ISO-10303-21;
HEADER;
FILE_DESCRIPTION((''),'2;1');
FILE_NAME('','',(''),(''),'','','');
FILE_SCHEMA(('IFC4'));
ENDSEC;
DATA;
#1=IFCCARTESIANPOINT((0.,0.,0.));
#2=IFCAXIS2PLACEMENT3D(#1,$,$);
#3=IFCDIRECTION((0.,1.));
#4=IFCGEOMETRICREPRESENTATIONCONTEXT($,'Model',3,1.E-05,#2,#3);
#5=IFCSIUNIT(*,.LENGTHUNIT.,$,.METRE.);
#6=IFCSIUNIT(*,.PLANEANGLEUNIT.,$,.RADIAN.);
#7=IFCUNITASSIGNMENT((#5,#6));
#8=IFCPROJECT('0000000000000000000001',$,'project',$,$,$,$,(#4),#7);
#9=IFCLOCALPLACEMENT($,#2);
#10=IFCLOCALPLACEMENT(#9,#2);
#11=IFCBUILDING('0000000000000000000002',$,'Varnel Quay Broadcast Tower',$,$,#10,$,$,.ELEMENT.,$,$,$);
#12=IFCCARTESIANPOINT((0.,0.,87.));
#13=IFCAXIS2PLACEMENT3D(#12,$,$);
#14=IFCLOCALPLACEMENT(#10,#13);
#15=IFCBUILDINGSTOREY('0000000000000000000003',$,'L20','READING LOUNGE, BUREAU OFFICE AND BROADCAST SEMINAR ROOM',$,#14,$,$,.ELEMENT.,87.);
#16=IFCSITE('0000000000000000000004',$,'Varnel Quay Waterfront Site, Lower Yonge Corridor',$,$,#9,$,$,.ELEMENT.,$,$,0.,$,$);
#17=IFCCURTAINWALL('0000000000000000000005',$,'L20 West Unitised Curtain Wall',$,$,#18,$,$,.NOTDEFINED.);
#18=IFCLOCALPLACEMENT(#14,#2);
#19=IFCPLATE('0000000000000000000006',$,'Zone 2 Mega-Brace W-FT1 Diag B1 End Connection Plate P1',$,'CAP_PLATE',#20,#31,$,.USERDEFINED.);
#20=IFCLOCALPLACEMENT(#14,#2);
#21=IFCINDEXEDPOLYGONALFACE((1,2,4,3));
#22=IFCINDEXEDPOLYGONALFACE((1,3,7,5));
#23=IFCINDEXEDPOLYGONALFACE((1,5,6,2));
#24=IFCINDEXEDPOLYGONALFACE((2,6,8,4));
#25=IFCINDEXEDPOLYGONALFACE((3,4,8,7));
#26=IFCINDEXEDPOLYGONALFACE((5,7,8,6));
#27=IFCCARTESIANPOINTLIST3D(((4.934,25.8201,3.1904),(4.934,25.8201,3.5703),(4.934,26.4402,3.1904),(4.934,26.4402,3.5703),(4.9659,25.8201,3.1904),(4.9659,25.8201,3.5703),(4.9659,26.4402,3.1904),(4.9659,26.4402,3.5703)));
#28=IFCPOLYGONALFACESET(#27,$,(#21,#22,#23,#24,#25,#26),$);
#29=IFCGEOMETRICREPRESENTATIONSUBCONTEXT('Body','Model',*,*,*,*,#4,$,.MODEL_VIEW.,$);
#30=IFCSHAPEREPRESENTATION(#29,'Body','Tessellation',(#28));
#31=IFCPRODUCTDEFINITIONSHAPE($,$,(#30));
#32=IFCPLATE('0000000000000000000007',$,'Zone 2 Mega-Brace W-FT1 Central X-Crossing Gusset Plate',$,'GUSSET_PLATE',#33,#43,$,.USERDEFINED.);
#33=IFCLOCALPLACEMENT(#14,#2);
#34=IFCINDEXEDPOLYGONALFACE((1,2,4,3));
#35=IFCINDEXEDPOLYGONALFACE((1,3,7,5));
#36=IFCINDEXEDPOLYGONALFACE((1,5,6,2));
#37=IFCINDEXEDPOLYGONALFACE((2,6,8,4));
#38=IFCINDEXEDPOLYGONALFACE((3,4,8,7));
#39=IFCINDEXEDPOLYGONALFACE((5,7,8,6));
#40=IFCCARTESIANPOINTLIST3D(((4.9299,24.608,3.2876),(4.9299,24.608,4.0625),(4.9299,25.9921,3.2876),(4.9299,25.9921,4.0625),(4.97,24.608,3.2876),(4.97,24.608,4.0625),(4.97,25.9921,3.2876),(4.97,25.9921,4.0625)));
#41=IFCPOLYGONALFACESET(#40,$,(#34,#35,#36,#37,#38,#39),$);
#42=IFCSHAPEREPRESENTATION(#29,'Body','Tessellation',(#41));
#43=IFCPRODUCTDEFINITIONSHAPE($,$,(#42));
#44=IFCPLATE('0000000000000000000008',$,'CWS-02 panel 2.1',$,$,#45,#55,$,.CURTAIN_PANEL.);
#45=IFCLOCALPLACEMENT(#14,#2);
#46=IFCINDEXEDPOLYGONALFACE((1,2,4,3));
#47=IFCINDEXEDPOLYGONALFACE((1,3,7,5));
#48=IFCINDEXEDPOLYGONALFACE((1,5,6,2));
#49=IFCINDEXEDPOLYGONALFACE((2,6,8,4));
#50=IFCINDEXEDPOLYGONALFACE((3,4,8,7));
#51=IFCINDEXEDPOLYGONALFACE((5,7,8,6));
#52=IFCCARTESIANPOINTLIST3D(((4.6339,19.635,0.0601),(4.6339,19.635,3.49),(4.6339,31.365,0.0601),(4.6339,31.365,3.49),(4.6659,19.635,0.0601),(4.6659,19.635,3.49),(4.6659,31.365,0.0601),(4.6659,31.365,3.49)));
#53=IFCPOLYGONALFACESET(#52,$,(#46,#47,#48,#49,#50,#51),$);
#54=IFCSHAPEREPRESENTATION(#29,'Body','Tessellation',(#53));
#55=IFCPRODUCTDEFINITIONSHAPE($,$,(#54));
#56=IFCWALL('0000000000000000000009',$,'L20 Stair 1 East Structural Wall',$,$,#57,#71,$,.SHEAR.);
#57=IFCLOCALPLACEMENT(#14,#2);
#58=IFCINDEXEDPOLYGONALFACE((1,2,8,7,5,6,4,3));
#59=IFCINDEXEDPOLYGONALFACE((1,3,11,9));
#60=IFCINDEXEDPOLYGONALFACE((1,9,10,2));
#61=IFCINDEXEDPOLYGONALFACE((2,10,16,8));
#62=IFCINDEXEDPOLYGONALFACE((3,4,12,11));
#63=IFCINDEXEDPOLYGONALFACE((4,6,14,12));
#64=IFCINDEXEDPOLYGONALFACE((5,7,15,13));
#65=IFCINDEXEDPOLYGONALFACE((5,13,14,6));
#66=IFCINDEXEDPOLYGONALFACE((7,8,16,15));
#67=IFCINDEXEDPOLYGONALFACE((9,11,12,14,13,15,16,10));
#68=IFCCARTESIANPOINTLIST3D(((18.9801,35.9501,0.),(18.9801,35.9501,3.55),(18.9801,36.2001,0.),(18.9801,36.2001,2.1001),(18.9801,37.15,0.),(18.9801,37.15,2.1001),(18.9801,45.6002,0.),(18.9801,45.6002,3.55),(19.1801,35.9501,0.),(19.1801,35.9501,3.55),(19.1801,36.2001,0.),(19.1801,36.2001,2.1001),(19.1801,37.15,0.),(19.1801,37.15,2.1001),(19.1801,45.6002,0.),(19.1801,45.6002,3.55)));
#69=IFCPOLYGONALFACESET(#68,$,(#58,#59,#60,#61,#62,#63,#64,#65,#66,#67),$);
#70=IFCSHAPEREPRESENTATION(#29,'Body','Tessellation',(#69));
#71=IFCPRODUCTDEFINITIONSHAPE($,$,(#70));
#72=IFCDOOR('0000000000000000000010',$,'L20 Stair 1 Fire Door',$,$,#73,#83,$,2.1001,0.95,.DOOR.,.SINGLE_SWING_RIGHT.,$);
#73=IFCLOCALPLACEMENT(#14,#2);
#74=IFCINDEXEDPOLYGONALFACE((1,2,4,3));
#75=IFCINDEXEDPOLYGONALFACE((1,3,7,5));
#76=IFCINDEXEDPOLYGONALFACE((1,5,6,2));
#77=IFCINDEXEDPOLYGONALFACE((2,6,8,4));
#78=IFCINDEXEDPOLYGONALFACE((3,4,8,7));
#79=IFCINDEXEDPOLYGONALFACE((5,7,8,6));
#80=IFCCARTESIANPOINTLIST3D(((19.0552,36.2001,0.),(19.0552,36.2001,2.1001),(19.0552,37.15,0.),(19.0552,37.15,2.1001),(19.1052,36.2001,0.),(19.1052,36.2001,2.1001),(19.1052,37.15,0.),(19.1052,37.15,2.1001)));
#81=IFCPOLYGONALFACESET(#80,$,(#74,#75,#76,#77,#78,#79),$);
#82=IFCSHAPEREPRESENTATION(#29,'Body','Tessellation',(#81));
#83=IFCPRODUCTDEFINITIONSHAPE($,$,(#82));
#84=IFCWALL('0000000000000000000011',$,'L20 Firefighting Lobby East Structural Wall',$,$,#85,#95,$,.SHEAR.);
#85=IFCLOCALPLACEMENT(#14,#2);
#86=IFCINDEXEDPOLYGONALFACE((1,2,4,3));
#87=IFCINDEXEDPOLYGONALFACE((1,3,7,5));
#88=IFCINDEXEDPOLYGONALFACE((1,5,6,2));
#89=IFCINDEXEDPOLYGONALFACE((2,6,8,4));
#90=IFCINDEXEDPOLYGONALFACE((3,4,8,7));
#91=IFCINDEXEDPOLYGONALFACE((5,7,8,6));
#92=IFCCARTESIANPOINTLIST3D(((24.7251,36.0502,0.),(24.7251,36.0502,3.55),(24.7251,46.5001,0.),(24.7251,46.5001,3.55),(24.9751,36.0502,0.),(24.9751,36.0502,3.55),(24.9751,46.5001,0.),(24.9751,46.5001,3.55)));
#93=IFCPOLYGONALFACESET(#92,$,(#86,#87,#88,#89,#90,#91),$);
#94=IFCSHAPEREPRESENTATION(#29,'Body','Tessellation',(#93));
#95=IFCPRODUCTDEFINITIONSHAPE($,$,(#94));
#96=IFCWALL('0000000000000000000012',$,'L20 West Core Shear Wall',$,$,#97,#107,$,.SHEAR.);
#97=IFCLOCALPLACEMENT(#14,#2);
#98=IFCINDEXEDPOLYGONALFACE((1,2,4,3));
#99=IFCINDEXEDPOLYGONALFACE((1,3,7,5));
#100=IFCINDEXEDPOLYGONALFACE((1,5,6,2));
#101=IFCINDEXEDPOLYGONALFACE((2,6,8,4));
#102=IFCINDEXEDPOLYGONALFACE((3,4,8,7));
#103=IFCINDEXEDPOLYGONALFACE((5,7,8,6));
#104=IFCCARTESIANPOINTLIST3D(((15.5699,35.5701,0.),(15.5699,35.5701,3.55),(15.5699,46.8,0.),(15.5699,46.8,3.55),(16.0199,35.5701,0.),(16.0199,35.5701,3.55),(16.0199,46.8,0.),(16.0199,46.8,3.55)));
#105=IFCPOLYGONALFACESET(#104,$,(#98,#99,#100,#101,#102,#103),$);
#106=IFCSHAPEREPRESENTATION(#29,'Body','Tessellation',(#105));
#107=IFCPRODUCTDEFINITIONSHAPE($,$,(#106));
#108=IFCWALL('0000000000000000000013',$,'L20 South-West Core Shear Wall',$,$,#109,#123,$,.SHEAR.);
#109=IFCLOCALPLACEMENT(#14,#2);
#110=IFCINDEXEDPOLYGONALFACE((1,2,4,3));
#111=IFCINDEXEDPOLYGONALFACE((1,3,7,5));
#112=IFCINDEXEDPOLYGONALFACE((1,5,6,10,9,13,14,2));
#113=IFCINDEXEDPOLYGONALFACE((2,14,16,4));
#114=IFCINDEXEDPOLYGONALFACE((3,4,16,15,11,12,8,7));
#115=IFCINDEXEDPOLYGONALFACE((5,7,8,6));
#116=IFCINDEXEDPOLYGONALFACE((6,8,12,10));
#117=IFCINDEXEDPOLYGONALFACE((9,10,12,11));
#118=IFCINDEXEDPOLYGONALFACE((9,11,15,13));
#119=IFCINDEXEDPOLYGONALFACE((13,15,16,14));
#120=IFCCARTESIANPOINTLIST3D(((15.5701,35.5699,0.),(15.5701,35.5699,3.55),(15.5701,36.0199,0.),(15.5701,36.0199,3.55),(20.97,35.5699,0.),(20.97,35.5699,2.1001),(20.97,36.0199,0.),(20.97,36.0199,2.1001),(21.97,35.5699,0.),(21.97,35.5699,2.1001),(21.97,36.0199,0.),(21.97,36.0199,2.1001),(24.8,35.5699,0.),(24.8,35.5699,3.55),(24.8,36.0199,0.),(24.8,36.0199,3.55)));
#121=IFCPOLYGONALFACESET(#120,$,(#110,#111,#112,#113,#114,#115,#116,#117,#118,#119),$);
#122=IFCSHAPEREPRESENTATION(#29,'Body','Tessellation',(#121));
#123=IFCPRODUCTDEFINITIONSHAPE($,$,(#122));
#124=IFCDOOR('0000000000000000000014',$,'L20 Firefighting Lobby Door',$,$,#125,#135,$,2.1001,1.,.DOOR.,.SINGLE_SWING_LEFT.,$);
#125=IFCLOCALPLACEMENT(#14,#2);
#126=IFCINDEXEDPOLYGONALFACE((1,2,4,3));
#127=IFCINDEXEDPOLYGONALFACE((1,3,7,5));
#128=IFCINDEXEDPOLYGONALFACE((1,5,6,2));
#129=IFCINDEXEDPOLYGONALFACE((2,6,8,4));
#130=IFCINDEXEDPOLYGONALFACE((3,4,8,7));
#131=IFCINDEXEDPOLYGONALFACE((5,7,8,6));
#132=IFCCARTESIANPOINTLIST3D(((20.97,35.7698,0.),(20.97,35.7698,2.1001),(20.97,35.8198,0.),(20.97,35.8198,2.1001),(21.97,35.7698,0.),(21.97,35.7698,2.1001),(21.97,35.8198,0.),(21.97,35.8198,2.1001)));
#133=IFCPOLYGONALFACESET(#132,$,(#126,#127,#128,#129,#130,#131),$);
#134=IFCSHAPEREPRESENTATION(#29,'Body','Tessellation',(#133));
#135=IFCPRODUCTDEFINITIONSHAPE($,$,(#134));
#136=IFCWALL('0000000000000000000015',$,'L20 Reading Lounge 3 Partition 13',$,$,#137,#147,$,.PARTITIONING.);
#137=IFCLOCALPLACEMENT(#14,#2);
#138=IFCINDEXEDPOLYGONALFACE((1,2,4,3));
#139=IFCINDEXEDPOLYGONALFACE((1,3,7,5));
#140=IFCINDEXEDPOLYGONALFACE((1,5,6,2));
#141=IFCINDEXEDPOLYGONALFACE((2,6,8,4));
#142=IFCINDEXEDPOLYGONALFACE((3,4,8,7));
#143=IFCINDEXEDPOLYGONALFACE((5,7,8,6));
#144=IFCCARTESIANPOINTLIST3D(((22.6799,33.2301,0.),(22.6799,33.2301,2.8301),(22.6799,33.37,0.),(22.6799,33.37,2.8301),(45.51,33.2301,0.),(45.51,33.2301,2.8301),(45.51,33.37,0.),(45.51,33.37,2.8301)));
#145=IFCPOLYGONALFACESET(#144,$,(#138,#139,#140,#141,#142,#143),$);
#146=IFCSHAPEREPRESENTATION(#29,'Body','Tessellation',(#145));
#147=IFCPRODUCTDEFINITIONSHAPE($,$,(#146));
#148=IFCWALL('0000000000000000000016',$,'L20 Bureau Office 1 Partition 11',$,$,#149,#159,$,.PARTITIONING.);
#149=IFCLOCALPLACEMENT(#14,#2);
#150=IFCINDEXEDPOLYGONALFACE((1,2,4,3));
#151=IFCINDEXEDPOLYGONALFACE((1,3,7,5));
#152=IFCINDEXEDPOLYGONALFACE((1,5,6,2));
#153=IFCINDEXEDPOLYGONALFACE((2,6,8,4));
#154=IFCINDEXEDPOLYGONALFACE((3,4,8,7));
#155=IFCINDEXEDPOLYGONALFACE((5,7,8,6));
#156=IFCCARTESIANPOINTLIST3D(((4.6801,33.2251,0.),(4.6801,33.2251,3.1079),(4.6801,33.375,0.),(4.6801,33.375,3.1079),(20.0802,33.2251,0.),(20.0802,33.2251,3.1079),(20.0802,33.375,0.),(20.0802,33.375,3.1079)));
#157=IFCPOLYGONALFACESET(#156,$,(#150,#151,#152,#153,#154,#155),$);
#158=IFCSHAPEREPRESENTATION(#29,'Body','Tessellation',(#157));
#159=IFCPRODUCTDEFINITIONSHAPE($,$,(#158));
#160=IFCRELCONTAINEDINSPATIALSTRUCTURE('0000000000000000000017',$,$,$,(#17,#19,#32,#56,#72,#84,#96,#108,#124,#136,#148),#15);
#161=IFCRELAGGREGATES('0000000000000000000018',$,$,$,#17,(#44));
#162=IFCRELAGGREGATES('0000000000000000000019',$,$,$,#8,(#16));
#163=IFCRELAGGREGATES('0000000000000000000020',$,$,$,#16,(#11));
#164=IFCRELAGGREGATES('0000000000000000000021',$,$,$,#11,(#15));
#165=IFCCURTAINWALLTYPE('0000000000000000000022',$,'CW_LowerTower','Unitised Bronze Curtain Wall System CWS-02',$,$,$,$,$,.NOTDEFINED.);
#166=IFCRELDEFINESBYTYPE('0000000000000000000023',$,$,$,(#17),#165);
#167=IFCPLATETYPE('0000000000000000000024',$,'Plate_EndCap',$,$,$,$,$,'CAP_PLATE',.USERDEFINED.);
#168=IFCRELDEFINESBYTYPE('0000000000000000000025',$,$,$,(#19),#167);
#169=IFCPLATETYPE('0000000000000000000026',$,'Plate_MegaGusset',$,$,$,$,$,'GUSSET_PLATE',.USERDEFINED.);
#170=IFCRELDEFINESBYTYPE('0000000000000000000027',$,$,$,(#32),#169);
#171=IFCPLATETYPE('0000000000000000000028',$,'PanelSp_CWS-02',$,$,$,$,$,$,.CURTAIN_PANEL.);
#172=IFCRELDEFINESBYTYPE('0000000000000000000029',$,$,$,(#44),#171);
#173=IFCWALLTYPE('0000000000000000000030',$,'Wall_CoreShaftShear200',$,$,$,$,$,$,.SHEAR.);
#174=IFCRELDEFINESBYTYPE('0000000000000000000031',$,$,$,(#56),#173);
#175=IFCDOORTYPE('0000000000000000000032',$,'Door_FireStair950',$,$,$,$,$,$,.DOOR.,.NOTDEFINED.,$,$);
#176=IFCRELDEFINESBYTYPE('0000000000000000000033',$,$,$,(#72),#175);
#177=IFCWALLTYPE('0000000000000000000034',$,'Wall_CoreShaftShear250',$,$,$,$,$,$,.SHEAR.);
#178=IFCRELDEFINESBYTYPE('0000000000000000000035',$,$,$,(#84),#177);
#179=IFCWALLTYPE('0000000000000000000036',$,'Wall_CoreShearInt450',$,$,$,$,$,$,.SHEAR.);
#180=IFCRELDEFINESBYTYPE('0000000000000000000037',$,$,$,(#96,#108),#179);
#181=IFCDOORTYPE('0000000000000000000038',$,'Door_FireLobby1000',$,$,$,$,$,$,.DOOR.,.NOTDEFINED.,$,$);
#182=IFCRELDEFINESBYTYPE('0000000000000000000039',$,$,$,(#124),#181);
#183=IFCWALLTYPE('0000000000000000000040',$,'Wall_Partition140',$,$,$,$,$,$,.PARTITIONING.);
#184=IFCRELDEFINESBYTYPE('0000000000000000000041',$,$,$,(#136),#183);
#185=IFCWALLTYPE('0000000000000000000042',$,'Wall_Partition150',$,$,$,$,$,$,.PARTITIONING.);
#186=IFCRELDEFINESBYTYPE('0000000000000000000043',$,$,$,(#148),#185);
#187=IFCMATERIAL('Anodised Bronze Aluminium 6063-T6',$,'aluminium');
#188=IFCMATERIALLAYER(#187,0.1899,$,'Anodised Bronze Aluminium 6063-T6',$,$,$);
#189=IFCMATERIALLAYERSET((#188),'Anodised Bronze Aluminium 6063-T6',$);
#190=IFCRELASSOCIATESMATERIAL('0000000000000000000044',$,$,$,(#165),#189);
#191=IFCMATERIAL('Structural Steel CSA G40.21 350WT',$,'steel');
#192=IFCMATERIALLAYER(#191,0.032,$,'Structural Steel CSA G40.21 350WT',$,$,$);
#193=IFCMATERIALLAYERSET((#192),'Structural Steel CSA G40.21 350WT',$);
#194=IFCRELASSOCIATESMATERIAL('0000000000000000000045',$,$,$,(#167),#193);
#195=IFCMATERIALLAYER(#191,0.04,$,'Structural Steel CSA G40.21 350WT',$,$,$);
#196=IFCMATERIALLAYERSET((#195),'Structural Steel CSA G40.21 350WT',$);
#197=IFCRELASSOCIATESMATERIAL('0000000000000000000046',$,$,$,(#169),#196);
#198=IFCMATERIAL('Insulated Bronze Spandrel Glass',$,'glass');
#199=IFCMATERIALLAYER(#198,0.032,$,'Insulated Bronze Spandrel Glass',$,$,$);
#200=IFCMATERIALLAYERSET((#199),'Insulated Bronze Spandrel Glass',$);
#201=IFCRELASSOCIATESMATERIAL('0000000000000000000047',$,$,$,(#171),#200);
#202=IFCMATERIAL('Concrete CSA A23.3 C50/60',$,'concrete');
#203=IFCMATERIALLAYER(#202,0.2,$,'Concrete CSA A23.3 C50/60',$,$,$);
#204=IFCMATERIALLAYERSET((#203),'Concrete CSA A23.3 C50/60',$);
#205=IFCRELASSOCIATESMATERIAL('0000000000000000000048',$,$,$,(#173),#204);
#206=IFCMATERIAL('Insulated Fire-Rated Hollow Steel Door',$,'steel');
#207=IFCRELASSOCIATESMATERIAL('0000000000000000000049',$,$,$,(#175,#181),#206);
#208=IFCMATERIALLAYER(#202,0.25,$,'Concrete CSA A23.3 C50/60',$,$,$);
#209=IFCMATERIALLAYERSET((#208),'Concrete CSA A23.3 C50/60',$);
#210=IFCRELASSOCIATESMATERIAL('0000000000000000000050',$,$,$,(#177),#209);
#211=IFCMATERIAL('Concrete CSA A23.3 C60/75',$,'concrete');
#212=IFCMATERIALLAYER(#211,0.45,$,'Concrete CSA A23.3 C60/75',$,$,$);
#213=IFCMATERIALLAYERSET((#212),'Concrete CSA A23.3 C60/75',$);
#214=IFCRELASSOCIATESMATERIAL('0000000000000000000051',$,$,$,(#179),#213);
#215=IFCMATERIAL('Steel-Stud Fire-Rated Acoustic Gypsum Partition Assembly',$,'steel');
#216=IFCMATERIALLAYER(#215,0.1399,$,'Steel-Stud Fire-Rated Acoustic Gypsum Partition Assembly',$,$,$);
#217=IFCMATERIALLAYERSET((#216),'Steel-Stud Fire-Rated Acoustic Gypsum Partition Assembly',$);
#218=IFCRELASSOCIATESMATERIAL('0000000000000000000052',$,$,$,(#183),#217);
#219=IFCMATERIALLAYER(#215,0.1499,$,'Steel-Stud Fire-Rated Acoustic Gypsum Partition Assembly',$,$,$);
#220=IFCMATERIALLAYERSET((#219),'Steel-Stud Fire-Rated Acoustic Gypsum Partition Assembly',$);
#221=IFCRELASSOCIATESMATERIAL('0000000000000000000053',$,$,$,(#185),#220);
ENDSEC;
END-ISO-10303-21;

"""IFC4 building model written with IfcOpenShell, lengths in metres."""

from ifc_helpers import new_model, si_unit, direction, frame, frame_2d, origin, origin_2d, place, context, subcontext, project, spatial, rectangle, extrude, source, transform, mapped, material, layer, layer_set, type_object, type_shapes, element, fill, aggregate, save


model = new_model("IFC4")

# Units and contexts
model_context = context("Model", 3, precision=1e-05, world=origin(), true_north=direction((0.0, 1.0)))
body_context = subcontext(model_context, "Body", "Model", "MODEL_VIEW")
ifc_project = project(units=[si_unit("LENGTHUNIT", "METRE"), si_unit("PLANEANGLEUNIT", "RADIAN")], contexts=[model_context])

# Site, building, storey
site_placement = place(None, origin())
site = spatial("IfcSite", under=ifc_project, at=site_placement, Name="Varnel Quay Waterfront Site, Lower Yonge Corridor", CompositionType="ELEMENT", RefElevation=0.0)
building_placement = place(site_placement, origin())
building = spatial("IfcBuilding", under=site, at=building_placement, Name="Varnel Quay Broadcast Tower", CompositionType="ELEMENT")
storey_placement = place(building_placement, frame((0.0, 0.0, 87.0)))
storey = spatial("IfcBuildingStorey", under=building, at=storey_placement, Name="L20", Description="READING LOUNGE, BUREAU OFFICE AND BROADCAST SEMINAR ROOM", CompositionType="ELEMENT", Elevation=87.0)

# Shared definitions
ifc_material_1 = material(Name="Structural Steel CSA G40.21 350WT", Category="steel")
ifc_material_2 = material(Name="Concrete CSA A23.3 C50/60", Category="concrete")

# Shared definitions
ifc_material_3 = material(Name="Concrete CSA A23.3 C60/75", Category="concrete")

# Curtain wall
ifc_material_4 = material(Name="Anodised Bronze Aluminium 6063-T6", Category="aluminium")
ifc_layer_1 = layer(ifc_material_4, 0.1899, Name="Anodised Bronze Aluminium 6063-T6")
ifc_layer_set_1 = layer_set([ifc_layer_1], Name="Anodised Bronze Aluminium 6063-T6")
curtain_wall_type = type_object("IfcCurtainWallType", Name="CW_LowerTower", Description="Unitised Bronze Curtain Wall System CWS-02", PredefinedType="NOTDEFINED", material=ifc_layer_set_1)
curtain_wall_placement = place(storey_placement, origin())
curtain_wall = element("IfcCurtainWall", 1, at=curtain_wall_placement, inside=storey, type_object=curtain_wall_type, Name="L20 West Unitised Curtain Wall", PredefinedType="NOTDEFINED")

# Plates
ifc_layer_2 = layer(ifc_material_1, 0.032, Name="Structural Steel CSA G40.21 350WT")
ifc_layer_set_2 = layer_set([ifc_layer_2], Name="Structural Steel CSA G40.21 350WT")
plate_type_1 = type_object("IfcPlateType", Name="Plate_EndCap", ElementType="CAP_PLATE", PredefinedType="USERDEFINED", material=ifc_layer_set_2)
shared_shape_1 = source(origin(), body_context, "Body", "SweptSolid", [
    extrude(rectangle(XDim=0.6201, YDim=0.032, at=origin_2d()), origin(), (0.0, 0.0, 1.0), 0.3799),
])
type_shapes(plate_type_1, [shared_shape_1])
for number, where, z_axis, x_axis, name in (
    (2, (4.95, 26.1301, 3.1904), (0.0, 0.0, 1.0), (0.0, 1.0, 0.0), "Zone 2 Mega-Brace W-FT1 Diag B1 End Connection Plate P1"),
):
    element("IfcPlate", number, at=place(storey_placement, frame(where, z_axis=z_axis, x_axis=x_axis)), inside=storey, type_object=plate_type_1, Name=name, ObjectType="CAP_PLATE", PredefinedType="USERDEFINED", context=body_context, shape_type="MappedRepresentation", body=[
        mapped(shared_shape_1, transform((0.0, 0.0, 0.0), x_axis=(1.0, 0.0, 0.0), y_axis=(0.0, 1.0, 0.0), z_axis=(0.0, 0.0, 1.0), scale=1.0)),
    ])
ifc_layer_3 = layer(ifc_material_1, 0.04, Name="Structural Steel CSA G40.21 350WT")
ifc_layer_set_3 = layer_set([ifc_layer_3], Name="Structural Steel CSA G40.21 350WT")
plate_type_2 = type_object("IfcPlateType", Name="Plate_MegaGusset", ElementType="GUSSET_PLATE", PredefinedType="USERDEFINED", material=ifc_layer_set_3)
shared_shape_2 = source(origin(), body_context, "Body", "SweptSolid", [
    extrude(rectangle(XDim=1.384, YDim=0.04, at=origin_2d()), origin(), (0.0, 0.0, 1.0), 0.7749),
])
type_shapes(plate_type_2, [shared_shape_2])
plate_1_placement = place(storey_placement, frame((4.95, 25.3, 3.2876), z_axis=(0.0, 0.0, 1.0), x_axis=(0.0, 1.0, 0.0)))
element("IfcPlate", 3, at=plate_1_placement, inside=storey, type_object=plate_type_2, Name="Zone 2 Mega-Brace W-FT1 Central X-Crossing Gusset Plate", ObjectType="GUSSET_PLATE", PredefinedType="USERDEFINED", context=body_context, shape_type="MappedRepresentation", body=[
    mapped(shared_shape_2, transform((0.0, 0.0, 0.0), x_axis=(1.0, 0.0, 0.0), y_axis=(0.0, 1.0, 0.0), z_axis=(0.0, 0.0, 1.0), scale=1.0)),
])

# Plate
ifc_material_5 = material(Name="Insulated Bronze Spandrel Glass", Category="glass")
ifc_layer_4 = layer(ifc_material_5, 0.032, Name="Insulated Bronze Spandrel Glass")
ifc_layer_set_4 = layer_set([ifc_layer_4], Name="Insulated Bronze Spandrel Glass")
plate_type_3 = type_object("IfcPlateType", Name="PanelSp_CWS-02", PredefinedType="CURTAIN_PANEL", material=ifc_layer_set_4)
shared_shape_3 = source(origin(), body_context, "Body", "SweptSolid", [
    extrude(rectangle(XDim=11.73, YDim=0.032, at=origin_2d()), origin(), (0.0, 0.0, 1.0), 3.4299),
])
type_shapes(plate_type_3, [shared_shape_3])
plate_2_placement = place(storey_placement, frame((4.6499, 25.5, 0.0601), z_axis=(0.0, 0.0, 1.0), x_axis=(0.0, 1.0, 0.0)))
plate_2 = element("IfcPlate", 4, at=plate_2_placement, type_object=plate_type_3, Name="CWS-02 panel 2.1", PredefinedType="CURTAIN_PANEL", context=body_context, shape_type="MappedRepresentation", body=[
    mapped(shared_shape_3, transform((0.0, 0.0, 0.0), x_axis=(1.0, 0.0, 0.0), y_axis=(0.0, 1.0, 0.0), z_axis=(0.0, 0.0, 1.0), scale=1.0)),
])
aggregate(curtain_wall, [plate_2])

# Wall, opening, door
ifc_layer_5 = layer(ifc_material_2, 0.2, Name="Concrete CSA A23.3 C50/60")
ifc_layer_set_5 = layer_set([ifc_layer_5], Name="Concrete CSA A23.3 C50/60")
wall_type_1 = type_object("IfcWallType", Name="Wall_CoreShaftShear200", PredefinedType="SHEAR", material=ifc_layer_set_5)
wall_1_placement = place(storey_placement, frame((19.0801, 35.95, 0.0), z_axis=(0.0, 0.0, 1.0), x_axis=(0.0, 1.0, 0.0)))
wall_1 = element("IfcWall", 5, at=wall_1_placement, inside=storey, type_object=wall_type_1, Name="L20 Stair 1 East Structural Wall", PredefinedType="SHEAR", context=body_context, shape_type="SweptSolid", body=[
    extrude(rectangle(XDim=9.6501, YDim=0.2, at=frame_2d((4.8252, 0.0))), origin(), (0.0, 0.0, 1.0), 3.55),
])
opening_1_placement = place(wall_1_placement, frame((0.25, 0.0, 0.0)))
opening_1 = element("IfcOpeningElement", 6, at=opening_1_placement, cuts=wall_1, PredefinedType="OPENING", context=body_context, shape_type="SweptSolid", body=[
    extrude(rectangle(XDim=0.95, YDim=2.1001, at=frame_2d((0.4751, 1.05))), frame((0.0, 0.1099, 0.0), z_axis=(0.0, -1.0, 0.0), x_axis=(1.0, 0.0, 0.0)), (0.0, 0.0, 1.0), 0.22),
])
ifc_material_6 = material(Name="Insulated Fire-Rated Hollow Steel Door", Category="steel")
door_type_1 = type_object("IfcDoorType", Name="Door_FireStair950", OperationType="NOTDEFINED", PredefinedType="DOOR", material=ifc_material_6)
shared_shape_4 = source(origin(), body_context, "Body", "SweptSolid", [
    extrude(rectangle(XDim=0.95, YDim=2.1001, at=frame_2d((0.4751, 1.05))), frame((0.0, 0.0249, 0.0), z_axis=(0.0, -1.0, 0.0), x_axis=(1.0, 0.0, 0.0)), (0.0, 0.0, 1.0), 0.05),
])
type_shapes(door_type_1, [shared_shape_4])
door_1_placement = place(opening_1_placement, origin())
door_1 = element("IfcDoor", 7, at=door_1_placement, inside=storey, type_object=door_type_1, Name="L20 Stair 1 Fire Door", OperationType="SINGLE_SWING_RIGHT", OverallHeight=2.1001, OverallWidth=0.95, PredefinedType="DOOR", context=body_context, shape_type="MappedRepresentation", body=[
    mapped(shared_shape_4, transform((0.0, 0.0, 0.0), x_axis=(1.0, 0.0, 0.0), y_axis=(0.0, 1.0, 0.0), z_axis=(0.0, 0.0, 1.0), scale=1.0)),
])
fill(opening_1, door_1)

# Walls
ifc_layer_6 = layer(ifc_material_2, 0.25, Name="Concrete CSA A23.3 C50/60")
ifc_layer_set_6 = layer_set([ifc_layer_6], Name="Concrete CSA A23.3 C50/60")
wall_type_2 = type_object("IfcWallType", Name="Wall_CoreShaftShear250", PredefinedType="SHEAR", material=ifc_layer_set_6)
wall_2_placement = place(storey_placement, frame((24.8501, 36.05, 0.0), z_axis=(0.0, 0.0, 1.0), x_axis=(0.0, 1.0, 0.0)))
element("IfcWall", 8, at=wall_2_placement, inside=storey, type_object=wall_type_2, Name="L20 Firefighting Lobby East Structural Wall", PredefinedType="SHEAR", context=body_context, shape_type="SweptSolid", body=[
    extrude(rectangle(XDim=10.45, YDim=0.25, at=frame_2d((5.2251, 0.0))), origin(), (0.0, 0.0, 1.0), 3.55),
])
ifc_layer_7 = layer(ifc_material_3, 0.45, Name="Concrete CSA A23.3 C60/75")
ifc_layer_set_7 = layer_set([ifc_layer_7], Name="Concrete CSA A23.3 C60/75")
wall_type_3 = type_object("IfcWallType", Name="Wall_CoreShearInt450", PredefinedType="SHEAR", material=ifc_layer_set_7)
wall_3_placement = place(storey_placement, frame((15.7949, 35.5701, 0.0), z_axis=(0.0, 0.0, 1.0), x_axis=(0.0, 1.0, 0.0)))
element("IfcWall", 9, at=wall_3_placement, inside=storey, type_object=wall_type_3, Name="L20 West Core Shear Wall", PredefinedType="SHEAR", context=body_context, shape_type="SweptSolid", body=[
    extrude(rectangle(XDim=11.23, YDim=0.45, at=frame_2d((5.615, 0.0))), origin(), (0.0, 0.0, 1.0), 3.55),
])

# Wall, opening, door
wall_4_placement = place(storey_placement, frame((15.5701, 35.7949, 0.0), z_axis=(0.0, 0.0, 1.0), x_axis=(1.0, 0.0, 0.0)))
wall_4 = element("IfcWall", 10, at=wall_4_placement, inside=storey, type_object=wall_type_3, Name="L20 South-West Core Shear Wall", PredefinedType="SHEAR", context=body_context, shape_type="SweptSolid", body=[
    extrude(rectangle(XDim=9.23, YDim=0.45, at=frame_2d((4.615, 0.0))), origin(), (0.0, 0.0, 1.0), 3.55),
])
opening_2_placement = place(wall_4_placement, frame((5.3999, 0.0, 0.0)))
opening_2 = element("IfcOpeningElement", 11, at=opening_2_placement, cuts=wall_4, PredefinedType="OPENING", context=body_context, shape_type="SweptSolid", body=[
    extrude(rectangle(XDim=1.0, YDim=2.1001, at=frame_2d((0.5, 1.05))), frame((0.0, 0.2349, 0.0), z_axis=(0.0, -1.0, 0.0), x_axis=(1.0, 0.0, 0.0)), (0.0, 0.0, 1.0), 0.47),
])
door_type_2 = type_object("IfcDoorType", Name="Door_FireLobby1000", OperationType="NOTDEFINED", PredefinedType="DOOR", material=ifc_material_6)
shared_shape_5 = source(origin(), body_context, "Body", "SweptSolid", [
    extrude(rectangle(XDim=1.0, YDim=2.1001, at=frame_2d((0.5, 1.05))), frame((0.0, 0.0249, 0.0), z_axis=(0.0, -1.0, 0.0), x_axis=(1.0, 0.0, 0.0)), (0.0, 0.0, 1.0), 0.05),
])
type_shapes(door_type_2, [shared_shape_5])
door_2_placement = place(opening_2_placement, origin())
door_2 = element("IfcDoor", 12, at=door_2_placement, inside=storey, type_object=door_type_2, Name="L20 Firefighting Lobby Door", OperationType="SINGLE_SWING_LEFT", OverallHeight=2.1001, OverallWidth=1.0, PredefinedType="DOOR", context=body_context, shape_type="MappedRepresentation", body=[
    mapped(shared_shape_5, transform((0.0, 0.0, 0.0), x_axis=(1.0, 0.0, 0.0), y_axis=(0.0, 1.0, 0.0), z_axis=(0.0, 0.0, 1.0), scale=1.0)),
])
fill(opening_2, door_2)

# Walls
ifc_material_7 = material(Name="Steel-Stud Fire-Rated Acoustic Gypsum Partition Assembly", Category="steel")
ifc_layer_8 = layer(ifc_material_7, 0.1399, Name="Steel-Stud Fire-Rated Acoustic Gypsum Partition Assembly")
ifc_layer_set_8 = layer_set([ifc_layer_8], Name="Steel-Stud Fire-Rated Acoustic Gypsum Partition Assembly")
wall_type_4 = type_object("IfcWallType", Name="Wall_Partition140", PredefinedType="PARTITIONING", material=ifc_layer_set_8)
wall_5_placement = place(storey_placement, frame((22.6799, 33.3, 0.0), z_axis=(0.0, 0.0, 1.0), x_axis=(1.0, 0.0, 0.0)))
element("IfcWall", 13, at=wall_5_placement, inside=storey, type_object=wall_type_4, Name="L20 Reading Lounge 3 Partition 13", PredefinedType="PARTITIONING", context=body_context, shape_type="SweptSolid", body=[
    extrude(rectangle(XDim=22.8301, YDim=0.1399, at=frame_2d((11.415, 0.0))), origin(), (0.0, 0.0, 1.0), 2.8301),
])
ifc_layer_9 = layer(ifc_material_7, 0.1499, Name="Steel-Stud Fire-Rated Acoustic Gypsum Partition Assembly")
ifc_layer_set_9 = layer_set([ifc_layer_9], Name="Steel-Stud Fire-Rated Acoustic Gypsum Partition Assembly")
wall_type_5 = type_object("IfcWallType", Name="Wall_Partition150", PredefinedType="PARTITIONING", material=ifc_layer_set_9)
wall_6_placement = place(storey_placement, frame((4.6799, 33.3, 0.0), z_axis=(0.0, 0.0, 1.0), x_axis=(1.0, 0.0, 0.0)))
element("IfcWall", 14, at=wall_6_placement, inside=storey, type_object=wall_type_5, Name="L20 Bureau Office 1 Partition 11", PredefinedType="PARTITIONING", context=body_context, shape_type="SweptSolid", body=[
    extrude(rectangle(XDim=15.4001, YDim=0.1499, at=frame_2d((7.7002, 0.0))), origin(), (0.0, 0.0, 1.0), 3.1079),
])

save(model, "model.ifc")
